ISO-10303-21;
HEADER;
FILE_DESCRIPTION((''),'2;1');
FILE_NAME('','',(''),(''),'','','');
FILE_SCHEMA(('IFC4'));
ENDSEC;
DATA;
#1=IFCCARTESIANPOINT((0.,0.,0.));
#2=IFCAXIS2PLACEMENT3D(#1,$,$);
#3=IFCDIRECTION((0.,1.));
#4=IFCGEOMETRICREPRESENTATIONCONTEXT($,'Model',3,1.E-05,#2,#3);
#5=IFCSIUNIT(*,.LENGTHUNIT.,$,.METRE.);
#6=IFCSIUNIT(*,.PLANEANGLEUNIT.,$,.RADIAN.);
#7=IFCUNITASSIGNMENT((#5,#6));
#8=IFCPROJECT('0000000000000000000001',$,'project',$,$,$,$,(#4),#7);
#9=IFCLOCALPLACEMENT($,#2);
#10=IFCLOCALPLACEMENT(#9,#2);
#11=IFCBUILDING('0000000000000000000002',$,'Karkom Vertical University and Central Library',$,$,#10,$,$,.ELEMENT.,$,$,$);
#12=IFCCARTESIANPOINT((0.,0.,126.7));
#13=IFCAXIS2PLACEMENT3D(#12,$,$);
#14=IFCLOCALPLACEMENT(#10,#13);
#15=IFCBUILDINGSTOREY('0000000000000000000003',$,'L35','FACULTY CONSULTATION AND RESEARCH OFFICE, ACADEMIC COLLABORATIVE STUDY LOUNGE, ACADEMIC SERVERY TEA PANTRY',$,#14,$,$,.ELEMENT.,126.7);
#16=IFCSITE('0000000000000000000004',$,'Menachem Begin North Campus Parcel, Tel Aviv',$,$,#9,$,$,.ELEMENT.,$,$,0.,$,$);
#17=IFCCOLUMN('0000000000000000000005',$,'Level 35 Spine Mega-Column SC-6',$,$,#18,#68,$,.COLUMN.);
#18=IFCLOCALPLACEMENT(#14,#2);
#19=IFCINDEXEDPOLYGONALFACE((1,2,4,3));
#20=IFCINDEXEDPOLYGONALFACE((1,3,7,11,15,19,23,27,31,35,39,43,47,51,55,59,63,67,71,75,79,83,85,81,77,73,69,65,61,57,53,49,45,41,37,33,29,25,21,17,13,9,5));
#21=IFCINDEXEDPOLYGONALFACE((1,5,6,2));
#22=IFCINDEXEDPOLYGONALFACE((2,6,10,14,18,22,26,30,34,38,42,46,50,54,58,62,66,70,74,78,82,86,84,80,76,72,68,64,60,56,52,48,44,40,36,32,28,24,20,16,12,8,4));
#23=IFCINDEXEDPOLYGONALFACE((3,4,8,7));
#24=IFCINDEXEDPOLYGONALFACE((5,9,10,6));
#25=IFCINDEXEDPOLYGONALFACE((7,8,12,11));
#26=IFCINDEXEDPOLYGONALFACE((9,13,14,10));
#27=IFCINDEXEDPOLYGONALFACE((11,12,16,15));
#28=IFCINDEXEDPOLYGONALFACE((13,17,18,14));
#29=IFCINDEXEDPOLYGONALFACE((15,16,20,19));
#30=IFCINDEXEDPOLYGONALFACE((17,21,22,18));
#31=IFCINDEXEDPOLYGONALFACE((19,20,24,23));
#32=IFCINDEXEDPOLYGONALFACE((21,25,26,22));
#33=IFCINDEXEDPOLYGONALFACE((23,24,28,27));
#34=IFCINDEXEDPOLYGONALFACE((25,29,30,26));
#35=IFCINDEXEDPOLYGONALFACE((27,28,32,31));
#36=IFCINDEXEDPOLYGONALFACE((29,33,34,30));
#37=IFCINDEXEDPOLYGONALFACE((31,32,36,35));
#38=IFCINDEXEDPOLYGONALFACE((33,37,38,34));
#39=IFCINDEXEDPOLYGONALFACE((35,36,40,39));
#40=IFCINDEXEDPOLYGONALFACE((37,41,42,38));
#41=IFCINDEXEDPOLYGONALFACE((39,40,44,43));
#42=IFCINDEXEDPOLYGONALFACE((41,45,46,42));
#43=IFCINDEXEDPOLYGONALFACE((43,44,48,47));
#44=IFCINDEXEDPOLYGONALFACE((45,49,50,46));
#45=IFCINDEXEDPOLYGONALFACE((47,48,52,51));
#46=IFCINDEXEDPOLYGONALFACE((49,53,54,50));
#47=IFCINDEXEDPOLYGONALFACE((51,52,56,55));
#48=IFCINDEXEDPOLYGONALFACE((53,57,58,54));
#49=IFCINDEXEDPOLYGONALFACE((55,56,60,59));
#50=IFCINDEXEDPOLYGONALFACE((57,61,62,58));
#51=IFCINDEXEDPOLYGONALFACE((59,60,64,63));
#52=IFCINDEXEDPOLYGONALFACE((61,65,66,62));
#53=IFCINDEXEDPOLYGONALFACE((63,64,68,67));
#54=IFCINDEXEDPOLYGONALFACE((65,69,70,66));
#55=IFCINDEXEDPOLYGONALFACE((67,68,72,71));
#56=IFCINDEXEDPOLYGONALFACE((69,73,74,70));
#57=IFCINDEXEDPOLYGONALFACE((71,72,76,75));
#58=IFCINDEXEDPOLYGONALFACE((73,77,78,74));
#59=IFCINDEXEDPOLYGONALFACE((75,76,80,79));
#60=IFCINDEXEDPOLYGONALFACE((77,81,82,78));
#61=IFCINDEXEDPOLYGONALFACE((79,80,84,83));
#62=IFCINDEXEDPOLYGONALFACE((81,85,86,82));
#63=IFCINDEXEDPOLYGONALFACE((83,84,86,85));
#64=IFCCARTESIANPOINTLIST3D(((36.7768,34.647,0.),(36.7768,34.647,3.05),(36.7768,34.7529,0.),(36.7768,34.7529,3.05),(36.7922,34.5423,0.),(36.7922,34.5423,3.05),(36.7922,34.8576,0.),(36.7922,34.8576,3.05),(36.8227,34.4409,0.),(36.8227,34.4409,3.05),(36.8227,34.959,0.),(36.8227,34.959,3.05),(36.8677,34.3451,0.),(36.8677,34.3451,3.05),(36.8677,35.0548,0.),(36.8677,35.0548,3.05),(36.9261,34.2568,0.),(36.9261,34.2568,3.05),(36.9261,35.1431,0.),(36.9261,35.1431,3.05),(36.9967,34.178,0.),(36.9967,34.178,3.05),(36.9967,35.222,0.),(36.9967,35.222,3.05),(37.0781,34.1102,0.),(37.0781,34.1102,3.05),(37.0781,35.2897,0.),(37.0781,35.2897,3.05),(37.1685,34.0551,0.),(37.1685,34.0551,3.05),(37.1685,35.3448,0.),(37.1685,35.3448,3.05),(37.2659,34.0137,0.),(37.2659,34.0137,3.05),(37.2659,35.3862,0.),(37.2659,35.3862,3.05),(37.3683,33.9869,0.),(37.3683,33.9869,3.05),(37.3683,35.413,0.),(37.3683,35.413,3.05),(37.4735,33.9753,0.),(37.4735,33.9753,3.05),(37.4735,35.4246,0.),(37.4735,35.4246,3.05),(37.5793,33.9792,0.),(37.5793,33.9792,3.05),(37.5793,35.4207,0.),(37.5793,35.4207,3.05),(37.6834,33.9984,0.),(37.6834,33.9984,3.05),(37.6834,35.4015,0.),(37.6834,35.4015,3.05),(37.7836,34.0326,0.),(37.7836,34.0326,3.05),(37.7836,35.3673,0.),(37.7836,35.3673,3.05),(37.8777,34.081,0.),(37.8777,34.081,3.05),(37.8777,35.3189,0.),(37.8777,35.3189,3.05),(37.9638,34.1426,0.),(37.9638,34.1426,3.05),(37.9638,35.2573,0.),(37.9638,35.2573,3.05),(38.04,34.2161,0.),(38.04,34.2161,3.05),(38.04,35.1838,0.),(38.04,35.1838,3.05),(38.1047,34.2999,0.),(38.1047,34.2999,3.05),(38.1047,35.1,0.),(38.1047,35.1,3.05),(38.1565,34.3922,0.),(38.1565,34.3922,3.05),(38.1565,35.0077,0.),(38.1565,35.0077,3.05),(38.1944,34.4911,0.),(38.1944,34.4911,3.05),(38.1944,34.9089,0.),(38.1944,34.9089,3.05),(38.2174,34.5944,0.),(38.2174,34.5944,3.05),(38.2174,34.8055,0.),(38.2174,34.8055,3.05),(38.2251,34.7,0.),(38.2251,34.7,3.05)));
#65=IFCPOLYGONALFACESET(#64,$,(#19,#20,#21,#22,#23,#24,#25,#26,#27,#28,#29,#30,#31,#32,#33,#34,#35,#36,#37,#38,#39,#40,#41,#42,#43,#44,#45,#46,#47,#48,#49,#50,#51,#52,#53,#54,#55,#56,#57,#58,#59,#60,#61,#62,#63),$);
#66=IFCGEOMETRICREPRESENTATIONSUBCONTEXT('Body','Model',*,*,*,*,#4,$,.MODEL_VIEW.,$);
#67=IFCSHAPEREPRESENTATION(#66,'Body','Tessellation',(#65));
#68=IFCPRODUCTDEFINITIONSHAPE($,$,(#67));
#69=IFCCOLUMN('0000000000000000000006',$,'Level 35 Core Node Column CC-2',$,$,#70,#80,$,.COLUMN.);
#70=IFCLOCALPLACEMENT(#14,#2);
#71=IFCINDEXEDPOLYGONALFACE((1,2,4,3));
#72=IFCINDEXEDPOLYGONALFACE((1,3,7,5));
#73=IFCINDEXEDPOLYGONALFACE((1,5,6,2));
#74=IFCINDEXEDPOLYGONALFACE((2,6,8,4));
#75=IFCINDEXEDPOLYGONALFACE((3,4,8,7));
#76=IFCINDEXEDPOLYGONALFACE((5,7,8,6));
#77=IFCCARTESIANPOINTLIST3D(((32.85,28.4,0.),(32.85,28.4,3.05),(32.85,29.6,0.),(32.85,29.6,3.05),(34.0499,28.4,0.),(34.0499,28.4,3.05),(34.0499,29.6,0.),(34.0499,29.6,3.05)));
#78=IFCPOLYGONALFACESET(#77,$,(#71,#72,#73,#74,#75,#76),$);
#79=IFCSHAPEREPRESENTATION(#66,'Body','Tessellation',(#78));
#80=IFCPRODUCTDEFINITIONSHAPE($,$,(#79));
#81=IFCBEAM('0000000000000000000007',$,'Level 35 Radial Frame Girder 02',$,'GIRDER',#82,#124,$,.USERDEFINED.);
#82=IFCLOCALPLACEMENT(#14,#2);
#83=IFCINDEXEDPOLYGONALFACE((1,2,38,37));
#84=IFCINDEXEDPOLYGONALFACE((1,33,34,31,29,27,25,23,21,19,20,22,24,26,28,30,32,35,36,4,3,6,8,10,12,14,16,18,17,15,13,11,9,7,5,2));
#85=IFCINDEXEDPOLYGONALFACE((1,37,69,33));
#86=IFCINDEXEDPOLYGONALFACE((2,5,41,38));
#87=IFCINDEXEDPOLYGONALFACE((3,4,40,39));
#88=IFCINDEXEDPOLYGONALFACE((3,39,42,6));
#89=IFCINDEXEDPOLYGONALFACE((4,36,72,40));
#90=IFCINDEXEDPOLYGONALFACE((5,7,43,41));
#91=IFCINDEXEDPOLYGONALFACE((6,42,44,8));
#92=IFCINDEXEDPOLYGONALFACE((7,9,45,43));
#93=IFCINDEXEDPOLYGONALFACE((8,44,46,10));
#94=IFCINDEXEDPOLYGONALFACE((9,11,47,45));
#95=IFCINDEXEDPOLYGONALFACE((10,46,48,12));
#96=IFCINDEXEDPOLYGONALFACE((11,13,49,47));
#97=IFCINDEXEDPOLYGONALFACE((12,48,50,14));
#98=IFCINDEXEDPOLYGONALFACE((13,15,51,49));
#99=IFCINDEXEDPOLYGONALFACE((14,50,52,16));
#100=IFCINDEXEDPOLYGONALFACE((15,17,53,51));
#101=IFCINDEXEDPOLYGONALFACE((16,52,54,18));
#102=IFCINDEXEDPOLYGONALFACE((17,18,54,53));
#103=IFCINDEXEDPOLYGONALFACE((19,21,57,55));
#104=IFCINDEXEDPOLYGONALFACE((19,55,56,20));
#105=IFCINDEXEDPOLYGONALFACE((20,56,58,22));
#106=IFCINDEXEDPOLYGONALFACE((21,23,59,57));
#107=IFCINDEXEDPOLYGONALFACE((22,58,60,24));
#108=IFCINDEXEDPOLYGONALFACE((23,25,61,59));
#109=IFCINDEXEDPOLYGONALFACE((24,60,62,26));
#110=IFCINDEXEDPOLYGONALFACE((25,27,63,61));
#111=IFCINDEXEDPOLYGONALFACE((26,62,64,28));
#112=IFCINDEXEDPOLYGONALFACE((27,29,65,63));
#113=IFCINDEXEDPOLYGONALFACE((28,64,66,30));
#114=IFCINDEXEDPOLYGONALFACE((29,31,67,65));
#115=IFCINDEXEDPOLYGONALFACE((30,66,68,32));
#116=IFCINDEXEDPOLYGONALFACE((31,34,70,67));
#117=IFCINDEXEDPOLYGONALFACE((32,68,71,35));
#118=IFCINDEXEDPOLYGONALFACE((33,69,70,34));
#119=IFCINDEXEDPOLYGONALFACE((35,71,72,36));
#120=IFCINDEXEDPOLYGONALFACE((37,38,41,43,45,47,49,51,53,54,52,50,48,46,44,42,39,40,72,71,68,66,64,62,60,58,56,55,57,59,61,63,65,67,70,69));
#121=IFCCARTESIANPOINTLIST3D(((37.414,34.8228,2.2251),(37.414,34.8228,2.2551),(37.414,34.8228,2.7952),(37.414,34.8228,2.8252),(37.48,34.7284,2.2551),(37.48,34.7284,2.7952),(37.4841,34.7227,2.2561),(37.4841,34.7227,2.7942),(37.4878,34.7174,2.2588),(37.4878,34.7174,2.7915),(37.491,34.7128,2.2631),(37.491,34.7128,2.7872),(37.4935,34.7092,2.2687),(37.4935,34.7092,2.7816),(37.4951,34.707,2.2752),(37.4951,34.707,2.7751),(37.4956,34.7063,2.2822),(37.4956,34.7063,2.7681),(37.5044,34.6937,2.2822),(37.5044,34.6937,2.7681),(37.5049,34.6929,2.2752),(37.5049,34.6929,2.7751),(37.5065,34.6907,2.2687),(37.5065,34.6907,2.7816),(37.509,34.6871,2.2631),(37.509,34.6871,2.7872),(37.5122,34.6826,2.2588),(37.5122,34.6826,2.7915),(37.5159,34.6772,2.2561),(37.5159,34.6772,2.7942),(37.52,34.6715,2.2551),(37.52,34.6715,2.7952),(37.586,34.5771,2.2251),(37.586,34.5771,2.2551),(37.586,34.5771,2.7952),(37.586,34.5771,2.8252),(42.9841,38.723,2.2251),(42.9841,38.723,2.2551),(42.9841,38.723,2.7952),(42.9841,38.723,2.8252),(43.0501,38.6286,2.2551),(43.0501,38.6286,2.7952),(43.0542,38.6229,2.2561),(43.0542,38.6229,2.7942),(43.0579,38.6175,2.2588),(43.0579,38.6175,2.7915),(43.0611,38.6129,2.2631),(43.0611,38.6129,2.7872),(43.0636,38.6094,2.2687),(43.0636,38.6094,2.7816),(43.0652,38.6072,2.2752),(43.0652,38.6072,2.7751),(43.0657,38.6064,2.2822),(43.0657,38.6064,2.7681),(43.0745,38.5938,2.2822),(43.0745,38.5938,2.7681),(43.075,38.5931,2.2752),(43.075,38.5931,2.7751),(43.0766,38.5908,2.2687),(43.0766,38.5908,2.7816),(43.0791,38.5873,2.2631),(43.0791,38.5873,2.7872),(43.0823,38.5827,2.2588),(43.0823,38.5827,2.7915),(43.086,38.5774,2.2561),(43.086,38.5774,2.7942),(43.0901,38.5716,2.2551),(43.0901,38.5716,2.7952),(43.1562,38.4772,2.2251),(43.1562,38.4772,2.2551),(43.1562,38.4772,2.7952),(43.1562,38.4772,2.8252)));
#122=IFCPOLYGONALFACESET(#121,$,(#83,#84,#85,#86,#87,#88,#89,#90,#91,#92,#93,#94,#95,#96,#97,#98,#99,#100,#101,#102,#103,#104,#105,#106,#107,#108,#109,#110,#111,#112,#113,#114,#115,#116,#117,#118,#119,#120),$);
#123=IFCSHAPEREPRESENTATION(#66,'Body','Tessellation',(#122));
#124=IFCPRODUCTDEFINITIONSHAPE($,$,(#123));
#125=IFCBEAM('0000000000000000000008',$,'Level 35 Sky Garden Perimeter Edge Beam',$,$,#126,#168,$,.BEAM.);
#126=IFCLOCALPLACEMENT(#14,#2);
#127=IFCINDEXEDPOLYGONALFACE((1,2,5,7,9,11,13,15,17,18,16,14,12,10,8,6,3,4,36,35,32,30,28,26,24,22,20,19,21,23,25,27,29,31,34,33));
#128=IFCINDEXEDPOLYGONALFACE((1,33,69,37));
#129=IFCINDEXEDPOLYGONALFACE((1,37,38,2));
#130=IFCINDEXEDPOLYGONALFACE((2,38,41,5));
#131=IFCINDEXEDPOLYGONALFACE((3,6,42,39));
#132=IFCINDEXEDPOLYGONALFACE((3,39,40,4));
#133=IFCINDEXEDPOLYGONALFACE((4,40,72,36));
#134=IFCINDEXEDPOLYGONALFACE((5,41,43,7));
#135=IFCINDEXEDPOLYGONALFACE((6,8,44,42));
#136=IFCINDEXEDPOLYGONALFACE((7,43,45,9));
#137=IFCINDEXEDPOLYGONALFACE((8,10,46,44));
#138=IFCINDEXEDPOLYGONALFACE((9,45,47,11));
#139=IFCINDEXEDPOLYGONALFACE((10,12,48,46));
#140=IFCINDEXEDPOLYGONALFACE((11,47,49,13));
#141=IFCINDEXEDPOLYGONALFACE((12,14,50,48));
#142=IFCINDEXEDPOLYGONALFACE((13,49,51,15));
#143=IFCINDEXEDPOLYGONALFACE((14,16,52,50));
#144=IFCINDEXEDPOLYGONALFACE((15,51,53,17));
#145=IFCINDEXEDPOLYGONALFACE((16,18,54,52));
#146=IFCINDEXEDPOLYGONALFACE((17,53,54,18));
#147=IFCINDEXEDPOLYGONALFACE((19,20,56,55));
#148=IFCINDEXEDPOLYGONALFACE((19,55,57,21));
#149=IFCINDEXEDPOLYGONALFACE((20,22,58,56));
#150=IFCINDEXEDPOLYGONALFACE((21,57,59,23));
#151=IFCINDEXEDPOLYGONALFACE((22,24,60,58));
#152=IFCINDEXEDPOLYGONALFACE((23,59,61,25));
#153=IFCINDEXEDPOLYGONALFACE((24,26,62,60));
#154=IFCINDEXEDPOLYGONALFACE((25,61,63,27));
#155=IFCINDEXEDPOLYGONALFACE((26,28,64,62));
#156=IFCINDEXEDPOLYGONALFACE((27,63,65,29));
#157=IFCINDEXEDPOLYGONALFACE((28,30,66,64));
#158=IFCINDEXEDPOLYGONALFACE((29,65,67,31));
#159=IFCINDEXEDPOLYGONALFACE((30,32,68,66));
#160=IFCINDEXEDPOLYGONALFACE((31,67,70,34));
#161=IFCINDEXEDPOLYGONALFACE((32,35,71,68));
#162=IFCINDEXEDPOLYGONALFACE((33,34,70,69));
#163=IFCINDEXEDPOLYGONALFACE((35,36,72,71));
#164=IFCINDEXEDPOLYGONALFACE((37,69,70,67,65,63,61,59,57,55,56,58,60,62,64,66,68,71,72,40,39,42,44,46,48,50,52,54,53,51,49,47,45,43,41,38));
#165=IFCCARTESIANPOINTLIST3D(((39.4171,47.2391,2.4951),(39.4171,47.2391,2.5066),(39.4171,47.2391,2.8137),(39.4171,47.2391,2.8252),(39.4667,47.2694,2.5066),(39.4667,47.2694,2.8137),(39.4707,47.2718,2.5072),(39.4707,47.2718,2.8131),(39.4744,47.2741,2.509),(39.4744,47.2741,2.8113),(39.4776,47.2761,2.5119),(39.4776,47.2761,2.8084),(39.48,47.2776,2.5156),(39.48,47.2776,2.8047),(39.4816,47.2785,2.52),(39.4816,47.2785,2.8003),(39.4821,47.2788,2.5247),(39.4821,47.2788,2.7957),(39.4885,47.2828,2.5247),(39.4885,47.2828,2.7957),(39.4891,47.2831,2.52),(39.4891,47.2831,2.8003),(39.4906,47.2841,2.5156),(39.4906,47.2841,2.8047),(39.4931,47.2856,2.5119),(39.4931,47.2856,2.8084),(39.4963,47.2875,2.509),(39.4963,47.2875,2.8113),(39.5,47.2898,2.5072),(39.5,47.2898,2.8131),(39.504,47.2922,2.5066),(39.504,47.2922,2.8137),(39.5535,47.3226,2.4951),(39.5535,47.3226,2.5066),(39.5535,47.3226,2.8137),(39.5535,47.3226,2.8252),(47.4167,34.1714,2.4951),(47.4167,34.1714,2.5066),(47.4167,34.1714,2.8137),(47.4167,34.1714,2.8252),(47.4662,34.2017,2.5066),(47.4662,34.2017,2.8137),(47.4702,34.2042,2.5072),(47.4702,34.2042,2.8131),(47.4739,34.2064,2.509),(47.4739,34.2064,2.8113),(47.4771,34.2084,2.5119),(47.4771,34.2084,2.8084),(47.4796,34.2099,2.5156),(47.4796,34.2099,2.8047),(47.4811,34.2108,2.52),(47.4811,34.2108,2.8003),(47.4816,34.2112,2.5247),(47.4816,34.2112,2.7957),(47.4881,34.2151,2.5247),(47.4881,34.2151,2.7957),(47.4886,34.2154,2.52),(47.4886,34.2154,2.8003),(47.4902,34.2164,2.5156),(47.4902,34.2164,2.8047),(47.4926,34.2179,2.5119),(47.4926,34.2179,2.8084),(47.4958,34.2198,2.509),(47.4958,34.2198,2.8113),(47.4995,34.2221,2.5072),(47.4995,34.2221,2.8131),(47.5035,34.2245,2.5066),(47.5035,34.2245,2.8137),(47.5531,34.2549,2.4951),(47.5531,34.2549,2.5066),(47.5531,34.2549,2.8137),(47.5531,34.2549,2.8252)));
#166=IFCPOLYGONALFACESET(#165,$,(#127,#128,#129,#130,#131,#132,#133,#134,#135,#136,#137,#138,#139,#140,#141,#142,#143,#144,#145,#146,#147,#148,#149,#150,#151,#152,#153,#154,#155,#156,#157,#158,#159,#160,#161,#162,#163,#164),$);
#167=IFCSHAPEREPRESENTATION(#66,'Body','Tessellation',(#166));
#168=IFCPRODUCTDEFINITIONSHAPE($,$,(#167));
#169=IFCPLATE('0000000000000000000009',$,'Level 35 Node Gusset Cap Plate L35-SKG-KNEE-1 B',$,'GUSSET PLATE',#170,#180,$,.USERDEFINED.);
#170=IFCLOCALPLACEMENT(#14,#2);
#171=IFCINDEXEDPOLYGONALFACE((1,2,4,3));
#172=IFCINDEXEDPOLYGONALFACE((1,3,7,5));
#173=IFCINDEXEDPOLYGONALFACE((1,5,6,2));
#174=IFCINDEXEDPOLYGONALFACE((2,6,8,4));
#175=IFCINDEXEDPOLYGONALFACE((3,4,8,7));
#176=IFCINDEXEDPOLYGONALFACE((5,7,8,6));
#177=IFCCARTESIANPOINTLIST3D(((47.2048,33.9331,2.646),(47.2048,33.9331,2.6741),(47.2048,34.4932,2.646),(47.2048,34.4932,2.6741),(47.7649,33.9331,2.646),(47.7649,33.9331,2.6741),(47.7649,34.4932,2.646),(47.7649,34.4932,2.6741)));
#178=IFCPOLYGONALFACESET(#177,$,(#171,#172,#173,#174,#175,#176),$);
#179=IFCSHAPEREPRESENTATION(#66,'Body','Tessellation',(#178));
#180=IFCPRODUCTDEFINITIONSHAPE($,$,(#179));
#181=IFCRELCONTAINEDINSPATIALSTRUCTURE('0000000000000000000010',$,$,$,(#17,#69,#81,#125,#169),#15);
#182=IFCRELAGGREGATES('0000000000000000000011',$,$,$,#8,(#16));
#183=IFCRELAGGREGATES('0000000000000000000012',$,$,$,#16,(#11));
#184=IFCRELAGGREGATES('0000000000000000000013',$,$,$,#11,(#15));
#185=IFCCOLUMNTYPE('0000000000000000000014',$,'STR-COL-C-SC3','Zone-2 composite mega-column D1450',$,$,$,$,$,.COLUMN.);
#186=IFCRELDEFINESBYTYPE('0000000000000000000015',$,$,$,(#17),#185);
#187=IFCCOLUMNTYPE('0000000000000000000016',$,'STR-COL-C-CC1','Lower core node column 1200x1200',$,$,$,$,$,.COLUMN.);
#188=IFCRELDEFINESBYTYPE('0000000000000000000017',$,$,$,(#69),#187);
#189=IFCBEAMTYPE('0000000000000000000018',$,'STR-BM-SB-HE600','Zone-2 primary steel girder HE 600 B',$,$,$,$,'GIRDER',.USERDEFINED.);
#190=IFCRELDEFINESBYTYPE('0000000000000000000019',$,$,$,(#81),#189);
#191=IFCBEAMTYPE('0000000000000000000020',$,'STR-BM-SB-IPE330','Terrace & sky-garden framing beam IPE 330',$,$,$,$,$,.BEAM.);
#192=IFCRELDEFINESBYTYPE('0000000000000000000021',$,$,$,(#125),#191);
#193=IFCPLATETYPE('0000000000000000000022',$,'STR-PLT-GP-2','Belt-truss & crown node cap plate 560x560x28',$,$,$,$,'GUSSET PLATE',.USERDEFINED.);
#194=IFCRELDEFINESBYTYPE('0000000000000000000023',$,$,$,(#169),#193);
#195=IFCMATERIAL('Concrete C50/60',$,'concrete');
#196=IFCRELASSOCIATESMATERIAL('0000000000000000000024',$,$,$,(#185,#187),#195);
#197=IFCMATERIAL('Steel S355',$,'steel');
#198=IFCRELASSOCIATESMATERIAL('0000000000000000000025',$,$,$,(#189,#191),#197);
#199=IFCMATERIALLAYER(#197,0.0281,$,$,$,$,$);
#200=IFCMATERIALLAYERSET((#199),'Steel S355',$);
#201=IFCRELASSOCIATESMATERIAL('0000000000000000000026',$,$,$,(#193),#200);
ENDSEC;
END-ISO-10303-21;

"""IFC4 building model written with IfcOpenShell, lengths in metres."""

from ifc_helpers import new_model, si_unit, direction, frame, origin, origin_with_axes, origin_2d, place, context, subcontext, project, spatial, rectangle, circle, i_section, extrude, source, transform, mapped, material, layer, layer_set, material_profile, profile_set, type_object, element, save


model = new_model("IFC4")

# Units and contexts
model_context = context("Model", 3, precision=1e-05, world=origin(), true_north=direction((0.0, 1.0)))
body_context = subcontext(model_context, "Body", "Model", "MODEL_VIEW")
ifc_project = project(units=[si_unit("LENGTHUNIT", "METRE"), si_unit("PLANEANGLEUNIT", "RADIAN")], contexts=[model_context])

# Site, building, storey
site_placement = place(None, origin())
site = spatial("IfcSite", under=ifc_project, at=site_placement, Name="Menachem Begin North Campus Parcel, Tel Aviv", CompositionType="ELEMENT", RefElevation=0.0)
building_placement = place(site_placement, origin())
building = spatial("IfcBuilding", under=site, at=building_placement, Name="Karkom Vertical University and Central Library", CompositionType="ELEMENT")
storey_placement = place(building_placement, frame((0.0, 0.0, 126.7)))
storey = spatial("IfcBuildingStorey", under=building, at=storey_placement, Name="L35", Description="FACULTY CONSULTATION AND RESEARCH OFFICE, ACADEMIC COLLABORATIVE STUDY LOUNGE, ACADEMIC SERVERY TEA PANTRY", CompositionType="ELEMENT", Elevation=126.7)

# Columns
ifc_material_1 = material(Name="Concrete C50/60", Category="concrete")
ifc_material_profile_1 = material_profile(ifc_material_1, circle(Radius=0.7251, at=origin_2d()), Name="CFT-D1450")
ifc_profile_set_1 = profile_set([ifc_material_profile_1], Name="Concrete C50/60")
column_type_1 = type_object("IfcColumnType", Name="STR-COL-C-SC3", Description="Zone-2 composite mega-column D1450", PredefinedType="COLUMN", material=ifc_profile_set_1)
shared_shape_1 = source(origin_with_axes(), body_context, "Body", "SweptSolid", [
    extrude(circle(Radius=0.7251, at=origin_2d()), origin(), (0.0, 0.0, 1.0), 3.05),
])
column_1_placement = place(storey_placement, frame((37.5, 34.7, 0.0), z_axis=(0.0, 0.0, 1.0), x_axis=(1.0, 0.0, 0.0)))
element("IfcColumn", 1, at=column_1_placement, inside=storey, type_object=column_type_1, Name="Level 35 Spine Mega-Column SC-6", PredefinedType="COLUMN", context=body_context, shape_type="MappedRepresentation", body=[
    mapped(shared_shape_1, transform((0.0, 0.0, 0.0), scale=1.0)),
])
ifc_material_profile_2 = material_profile(ifc_material_1, rectangle(XDim=1.2, YDim=1.2, at=origin_2d()), Name="RC-1200x1200")
ifc_profile_set_2 = profile_set([ifc_material_profile_2], Name="Concrete C50/60")
column_type_2 = type_object("IfcColumnType", Name="STR-COL-C-CC1", Description="Lower core node column 1200x1200", PredefinedType="COLUMN", material=ifc_profile_set_2)
shared_shape_2 = source(origin_with_axes(), body_context, "Body", "SweptSolid", [
    extrude(rectangle(XDim=1.2, YDim=1.2, at=origin_2d()), origin(), (0.0, 0.0, 1.0), 3.05),
])
column_2_placement = place(storey_placement, frame((33.45, 29.0, 0.0), z_axis=(0.0, 0.0, 1.0), x_axis=(1.0, 0.0, 0.0)))
element("IfcColumn", 2, at=column_2_placement, inside=storey, type_object=column_type_2, Name="Level 35 Core Node Column CC-2", PredefinedType="COLUMN", context=body_context, shape_type="MappedRepresentation", body=[
    mapped(shared_shape_2, transform((0.0, 0.0, 0.0), scale=1.0)),
])

# Beams
ifc_material_2 = material(Name="Steel S355", Category="steel")
ifc_material_profile_3 = material_profile(ifc_material_2, i_section(OverallWidth=0.3, OverallDepth=0.6001, WebThickness=0.0154, FlangeThickness=0.03, FilletRadius=0.0271, at=origin_2d()), Name="HE 600 B")
ifc_profile_set_3 = profile_set([ifc_material_profile_3], Name="Steel S355")
beam_type_1 = type_object("IfcBeamType", Name="STR-BM-SB-HE600", Description="Zone-2 primary steel girder HE 600 B", ElementType="GIRDER", PredefinedType="USERDEFINED", material=ifc_profile_set_3)
shared_shape_3 = source(origin_with_axes(), body_context, "Body", "SweptSolid", [
    extrude(i_section(OverallWidth=0.3, OverallDepth=0.6001, WebThickness=0.0154, FlangeThickness=0.03, FilletRadius=0.0271, at=origin_2d()), origin(), (0.0, 0.0, 1.0), 6.7998),
])
beam_1_placement = place(storey_placement, frame((37.5, 34.7, 2.5251), z_axis=(0.819156, 0.573571, 0.0), x_axis=(-0.573571, 0.819156, 0.0)))
element("IfcBeam", 3, at=beam_1_placement, inside=storey, type_object=beam_type_1, Name="Level 35 Radial Frame Girder 02", ObjectType="GIRDER", PredefinedType="USERDEFINED", context=body_context, shape_type="MappedRepresentation", body=[
    mapped(shared_shape_3, transform((0.0, 0.0, 0.0), scale=1.0)),
])
ifc_material_profile_4 = material_profile(ifc_material_2, i_section(OverallWidth=0.1599, OverallDepth=0.3301, WebThickness=0.0076, FlangeThickness=0.0115, FilletRadius=0.0181, at=origin_2d()), Name="IPE 330")
ifc_profile_set_4 = profile_set([ifc_material_profile_4], Name="Steel S355")
beam_type_2 = type_object("IfcBeamType", Name="STR-BM-SB-IPE330", Description="Terrace & sky-garden framing beam IPE 330", PredefinedType="BEAM", material=ifc_profile_set_4)
shared_shape_4 = source(origin_with_axes(), body_context, "Body", "SweptSolid", [
    extrude(i_section(OverallWidth=0.1599, OverallDepth=0.3301, WebThickness=0.0076, FlangeThickness=0.0115, FilletRadius=0.0181, at=origin_2d()), origin(), (0.0, 0.0, 1.0), 15.3218),
])
beam_2_placement = place(storey_placement, frame((47.4849, 34.2131, 2.6602), z_axis=(-0.522103, 0.852883, 0.0), x_axis=(-0.852883, -0.522103, 0.0)))
element("IfcBeam", 4, at=beam_2_placement, inside=storey, type_object=beam_type_2, Name="Level 35 Sky Garden Perimeter Edge Beam", PredefinedType="BEAM", context=body_context, shape_type="MappedRepresentation", body=[
    mapped(shared_shape_4, transform((0.0, 0.0, 0.0), scale=1.0)),
])

# Plate
ifc_layer_1 = layer(ifc_material_2, 0.0281)
ifc_layer_set_1 = layer_set([ifc_layer_1], Name="Steel S355")
plate_type = type_object("IfcPlateType", Name="STR-PLT-GP-2", Description="Belt-truss & crown node cap plate 560x560x28", ElementType="GUSSET PLATE", PredefinedType="USERDEFINED", material=ifc_layer_set_1)
shared_shape_5 = source(origin_with_axes(), body_context, "Body", "SweptSolid", [
    extrude(rectangle(XDim=0.5601, YDim=0.5601, at=origin_2d()), origin(), (0.0, 0.0, 1.0), 0.0281),
])
plate_placement = place(storey_placement, frame((47.4849, 34.2131, 2.646), z_axis=(0.0, 0.0, 1.0), x_axis=(1.0, 0.0, 0.0)))
element("IfcPlate", 5, at=plate_placement, inside=storey, type_object=plate_type, Name="Level 35 Node Gusset Cap Plate L35-SKG-KNEE-1 B", ObjectType="GUSSET PLATE", PredefinedType="USERDEFINED", context=body_context, shape_type="MappedRepresentation", body=[
    mapped(shared_shape_5, transform((0.0, 0.0, 0.0), scale=1.0)),
])

save(model, "model.ifc")
